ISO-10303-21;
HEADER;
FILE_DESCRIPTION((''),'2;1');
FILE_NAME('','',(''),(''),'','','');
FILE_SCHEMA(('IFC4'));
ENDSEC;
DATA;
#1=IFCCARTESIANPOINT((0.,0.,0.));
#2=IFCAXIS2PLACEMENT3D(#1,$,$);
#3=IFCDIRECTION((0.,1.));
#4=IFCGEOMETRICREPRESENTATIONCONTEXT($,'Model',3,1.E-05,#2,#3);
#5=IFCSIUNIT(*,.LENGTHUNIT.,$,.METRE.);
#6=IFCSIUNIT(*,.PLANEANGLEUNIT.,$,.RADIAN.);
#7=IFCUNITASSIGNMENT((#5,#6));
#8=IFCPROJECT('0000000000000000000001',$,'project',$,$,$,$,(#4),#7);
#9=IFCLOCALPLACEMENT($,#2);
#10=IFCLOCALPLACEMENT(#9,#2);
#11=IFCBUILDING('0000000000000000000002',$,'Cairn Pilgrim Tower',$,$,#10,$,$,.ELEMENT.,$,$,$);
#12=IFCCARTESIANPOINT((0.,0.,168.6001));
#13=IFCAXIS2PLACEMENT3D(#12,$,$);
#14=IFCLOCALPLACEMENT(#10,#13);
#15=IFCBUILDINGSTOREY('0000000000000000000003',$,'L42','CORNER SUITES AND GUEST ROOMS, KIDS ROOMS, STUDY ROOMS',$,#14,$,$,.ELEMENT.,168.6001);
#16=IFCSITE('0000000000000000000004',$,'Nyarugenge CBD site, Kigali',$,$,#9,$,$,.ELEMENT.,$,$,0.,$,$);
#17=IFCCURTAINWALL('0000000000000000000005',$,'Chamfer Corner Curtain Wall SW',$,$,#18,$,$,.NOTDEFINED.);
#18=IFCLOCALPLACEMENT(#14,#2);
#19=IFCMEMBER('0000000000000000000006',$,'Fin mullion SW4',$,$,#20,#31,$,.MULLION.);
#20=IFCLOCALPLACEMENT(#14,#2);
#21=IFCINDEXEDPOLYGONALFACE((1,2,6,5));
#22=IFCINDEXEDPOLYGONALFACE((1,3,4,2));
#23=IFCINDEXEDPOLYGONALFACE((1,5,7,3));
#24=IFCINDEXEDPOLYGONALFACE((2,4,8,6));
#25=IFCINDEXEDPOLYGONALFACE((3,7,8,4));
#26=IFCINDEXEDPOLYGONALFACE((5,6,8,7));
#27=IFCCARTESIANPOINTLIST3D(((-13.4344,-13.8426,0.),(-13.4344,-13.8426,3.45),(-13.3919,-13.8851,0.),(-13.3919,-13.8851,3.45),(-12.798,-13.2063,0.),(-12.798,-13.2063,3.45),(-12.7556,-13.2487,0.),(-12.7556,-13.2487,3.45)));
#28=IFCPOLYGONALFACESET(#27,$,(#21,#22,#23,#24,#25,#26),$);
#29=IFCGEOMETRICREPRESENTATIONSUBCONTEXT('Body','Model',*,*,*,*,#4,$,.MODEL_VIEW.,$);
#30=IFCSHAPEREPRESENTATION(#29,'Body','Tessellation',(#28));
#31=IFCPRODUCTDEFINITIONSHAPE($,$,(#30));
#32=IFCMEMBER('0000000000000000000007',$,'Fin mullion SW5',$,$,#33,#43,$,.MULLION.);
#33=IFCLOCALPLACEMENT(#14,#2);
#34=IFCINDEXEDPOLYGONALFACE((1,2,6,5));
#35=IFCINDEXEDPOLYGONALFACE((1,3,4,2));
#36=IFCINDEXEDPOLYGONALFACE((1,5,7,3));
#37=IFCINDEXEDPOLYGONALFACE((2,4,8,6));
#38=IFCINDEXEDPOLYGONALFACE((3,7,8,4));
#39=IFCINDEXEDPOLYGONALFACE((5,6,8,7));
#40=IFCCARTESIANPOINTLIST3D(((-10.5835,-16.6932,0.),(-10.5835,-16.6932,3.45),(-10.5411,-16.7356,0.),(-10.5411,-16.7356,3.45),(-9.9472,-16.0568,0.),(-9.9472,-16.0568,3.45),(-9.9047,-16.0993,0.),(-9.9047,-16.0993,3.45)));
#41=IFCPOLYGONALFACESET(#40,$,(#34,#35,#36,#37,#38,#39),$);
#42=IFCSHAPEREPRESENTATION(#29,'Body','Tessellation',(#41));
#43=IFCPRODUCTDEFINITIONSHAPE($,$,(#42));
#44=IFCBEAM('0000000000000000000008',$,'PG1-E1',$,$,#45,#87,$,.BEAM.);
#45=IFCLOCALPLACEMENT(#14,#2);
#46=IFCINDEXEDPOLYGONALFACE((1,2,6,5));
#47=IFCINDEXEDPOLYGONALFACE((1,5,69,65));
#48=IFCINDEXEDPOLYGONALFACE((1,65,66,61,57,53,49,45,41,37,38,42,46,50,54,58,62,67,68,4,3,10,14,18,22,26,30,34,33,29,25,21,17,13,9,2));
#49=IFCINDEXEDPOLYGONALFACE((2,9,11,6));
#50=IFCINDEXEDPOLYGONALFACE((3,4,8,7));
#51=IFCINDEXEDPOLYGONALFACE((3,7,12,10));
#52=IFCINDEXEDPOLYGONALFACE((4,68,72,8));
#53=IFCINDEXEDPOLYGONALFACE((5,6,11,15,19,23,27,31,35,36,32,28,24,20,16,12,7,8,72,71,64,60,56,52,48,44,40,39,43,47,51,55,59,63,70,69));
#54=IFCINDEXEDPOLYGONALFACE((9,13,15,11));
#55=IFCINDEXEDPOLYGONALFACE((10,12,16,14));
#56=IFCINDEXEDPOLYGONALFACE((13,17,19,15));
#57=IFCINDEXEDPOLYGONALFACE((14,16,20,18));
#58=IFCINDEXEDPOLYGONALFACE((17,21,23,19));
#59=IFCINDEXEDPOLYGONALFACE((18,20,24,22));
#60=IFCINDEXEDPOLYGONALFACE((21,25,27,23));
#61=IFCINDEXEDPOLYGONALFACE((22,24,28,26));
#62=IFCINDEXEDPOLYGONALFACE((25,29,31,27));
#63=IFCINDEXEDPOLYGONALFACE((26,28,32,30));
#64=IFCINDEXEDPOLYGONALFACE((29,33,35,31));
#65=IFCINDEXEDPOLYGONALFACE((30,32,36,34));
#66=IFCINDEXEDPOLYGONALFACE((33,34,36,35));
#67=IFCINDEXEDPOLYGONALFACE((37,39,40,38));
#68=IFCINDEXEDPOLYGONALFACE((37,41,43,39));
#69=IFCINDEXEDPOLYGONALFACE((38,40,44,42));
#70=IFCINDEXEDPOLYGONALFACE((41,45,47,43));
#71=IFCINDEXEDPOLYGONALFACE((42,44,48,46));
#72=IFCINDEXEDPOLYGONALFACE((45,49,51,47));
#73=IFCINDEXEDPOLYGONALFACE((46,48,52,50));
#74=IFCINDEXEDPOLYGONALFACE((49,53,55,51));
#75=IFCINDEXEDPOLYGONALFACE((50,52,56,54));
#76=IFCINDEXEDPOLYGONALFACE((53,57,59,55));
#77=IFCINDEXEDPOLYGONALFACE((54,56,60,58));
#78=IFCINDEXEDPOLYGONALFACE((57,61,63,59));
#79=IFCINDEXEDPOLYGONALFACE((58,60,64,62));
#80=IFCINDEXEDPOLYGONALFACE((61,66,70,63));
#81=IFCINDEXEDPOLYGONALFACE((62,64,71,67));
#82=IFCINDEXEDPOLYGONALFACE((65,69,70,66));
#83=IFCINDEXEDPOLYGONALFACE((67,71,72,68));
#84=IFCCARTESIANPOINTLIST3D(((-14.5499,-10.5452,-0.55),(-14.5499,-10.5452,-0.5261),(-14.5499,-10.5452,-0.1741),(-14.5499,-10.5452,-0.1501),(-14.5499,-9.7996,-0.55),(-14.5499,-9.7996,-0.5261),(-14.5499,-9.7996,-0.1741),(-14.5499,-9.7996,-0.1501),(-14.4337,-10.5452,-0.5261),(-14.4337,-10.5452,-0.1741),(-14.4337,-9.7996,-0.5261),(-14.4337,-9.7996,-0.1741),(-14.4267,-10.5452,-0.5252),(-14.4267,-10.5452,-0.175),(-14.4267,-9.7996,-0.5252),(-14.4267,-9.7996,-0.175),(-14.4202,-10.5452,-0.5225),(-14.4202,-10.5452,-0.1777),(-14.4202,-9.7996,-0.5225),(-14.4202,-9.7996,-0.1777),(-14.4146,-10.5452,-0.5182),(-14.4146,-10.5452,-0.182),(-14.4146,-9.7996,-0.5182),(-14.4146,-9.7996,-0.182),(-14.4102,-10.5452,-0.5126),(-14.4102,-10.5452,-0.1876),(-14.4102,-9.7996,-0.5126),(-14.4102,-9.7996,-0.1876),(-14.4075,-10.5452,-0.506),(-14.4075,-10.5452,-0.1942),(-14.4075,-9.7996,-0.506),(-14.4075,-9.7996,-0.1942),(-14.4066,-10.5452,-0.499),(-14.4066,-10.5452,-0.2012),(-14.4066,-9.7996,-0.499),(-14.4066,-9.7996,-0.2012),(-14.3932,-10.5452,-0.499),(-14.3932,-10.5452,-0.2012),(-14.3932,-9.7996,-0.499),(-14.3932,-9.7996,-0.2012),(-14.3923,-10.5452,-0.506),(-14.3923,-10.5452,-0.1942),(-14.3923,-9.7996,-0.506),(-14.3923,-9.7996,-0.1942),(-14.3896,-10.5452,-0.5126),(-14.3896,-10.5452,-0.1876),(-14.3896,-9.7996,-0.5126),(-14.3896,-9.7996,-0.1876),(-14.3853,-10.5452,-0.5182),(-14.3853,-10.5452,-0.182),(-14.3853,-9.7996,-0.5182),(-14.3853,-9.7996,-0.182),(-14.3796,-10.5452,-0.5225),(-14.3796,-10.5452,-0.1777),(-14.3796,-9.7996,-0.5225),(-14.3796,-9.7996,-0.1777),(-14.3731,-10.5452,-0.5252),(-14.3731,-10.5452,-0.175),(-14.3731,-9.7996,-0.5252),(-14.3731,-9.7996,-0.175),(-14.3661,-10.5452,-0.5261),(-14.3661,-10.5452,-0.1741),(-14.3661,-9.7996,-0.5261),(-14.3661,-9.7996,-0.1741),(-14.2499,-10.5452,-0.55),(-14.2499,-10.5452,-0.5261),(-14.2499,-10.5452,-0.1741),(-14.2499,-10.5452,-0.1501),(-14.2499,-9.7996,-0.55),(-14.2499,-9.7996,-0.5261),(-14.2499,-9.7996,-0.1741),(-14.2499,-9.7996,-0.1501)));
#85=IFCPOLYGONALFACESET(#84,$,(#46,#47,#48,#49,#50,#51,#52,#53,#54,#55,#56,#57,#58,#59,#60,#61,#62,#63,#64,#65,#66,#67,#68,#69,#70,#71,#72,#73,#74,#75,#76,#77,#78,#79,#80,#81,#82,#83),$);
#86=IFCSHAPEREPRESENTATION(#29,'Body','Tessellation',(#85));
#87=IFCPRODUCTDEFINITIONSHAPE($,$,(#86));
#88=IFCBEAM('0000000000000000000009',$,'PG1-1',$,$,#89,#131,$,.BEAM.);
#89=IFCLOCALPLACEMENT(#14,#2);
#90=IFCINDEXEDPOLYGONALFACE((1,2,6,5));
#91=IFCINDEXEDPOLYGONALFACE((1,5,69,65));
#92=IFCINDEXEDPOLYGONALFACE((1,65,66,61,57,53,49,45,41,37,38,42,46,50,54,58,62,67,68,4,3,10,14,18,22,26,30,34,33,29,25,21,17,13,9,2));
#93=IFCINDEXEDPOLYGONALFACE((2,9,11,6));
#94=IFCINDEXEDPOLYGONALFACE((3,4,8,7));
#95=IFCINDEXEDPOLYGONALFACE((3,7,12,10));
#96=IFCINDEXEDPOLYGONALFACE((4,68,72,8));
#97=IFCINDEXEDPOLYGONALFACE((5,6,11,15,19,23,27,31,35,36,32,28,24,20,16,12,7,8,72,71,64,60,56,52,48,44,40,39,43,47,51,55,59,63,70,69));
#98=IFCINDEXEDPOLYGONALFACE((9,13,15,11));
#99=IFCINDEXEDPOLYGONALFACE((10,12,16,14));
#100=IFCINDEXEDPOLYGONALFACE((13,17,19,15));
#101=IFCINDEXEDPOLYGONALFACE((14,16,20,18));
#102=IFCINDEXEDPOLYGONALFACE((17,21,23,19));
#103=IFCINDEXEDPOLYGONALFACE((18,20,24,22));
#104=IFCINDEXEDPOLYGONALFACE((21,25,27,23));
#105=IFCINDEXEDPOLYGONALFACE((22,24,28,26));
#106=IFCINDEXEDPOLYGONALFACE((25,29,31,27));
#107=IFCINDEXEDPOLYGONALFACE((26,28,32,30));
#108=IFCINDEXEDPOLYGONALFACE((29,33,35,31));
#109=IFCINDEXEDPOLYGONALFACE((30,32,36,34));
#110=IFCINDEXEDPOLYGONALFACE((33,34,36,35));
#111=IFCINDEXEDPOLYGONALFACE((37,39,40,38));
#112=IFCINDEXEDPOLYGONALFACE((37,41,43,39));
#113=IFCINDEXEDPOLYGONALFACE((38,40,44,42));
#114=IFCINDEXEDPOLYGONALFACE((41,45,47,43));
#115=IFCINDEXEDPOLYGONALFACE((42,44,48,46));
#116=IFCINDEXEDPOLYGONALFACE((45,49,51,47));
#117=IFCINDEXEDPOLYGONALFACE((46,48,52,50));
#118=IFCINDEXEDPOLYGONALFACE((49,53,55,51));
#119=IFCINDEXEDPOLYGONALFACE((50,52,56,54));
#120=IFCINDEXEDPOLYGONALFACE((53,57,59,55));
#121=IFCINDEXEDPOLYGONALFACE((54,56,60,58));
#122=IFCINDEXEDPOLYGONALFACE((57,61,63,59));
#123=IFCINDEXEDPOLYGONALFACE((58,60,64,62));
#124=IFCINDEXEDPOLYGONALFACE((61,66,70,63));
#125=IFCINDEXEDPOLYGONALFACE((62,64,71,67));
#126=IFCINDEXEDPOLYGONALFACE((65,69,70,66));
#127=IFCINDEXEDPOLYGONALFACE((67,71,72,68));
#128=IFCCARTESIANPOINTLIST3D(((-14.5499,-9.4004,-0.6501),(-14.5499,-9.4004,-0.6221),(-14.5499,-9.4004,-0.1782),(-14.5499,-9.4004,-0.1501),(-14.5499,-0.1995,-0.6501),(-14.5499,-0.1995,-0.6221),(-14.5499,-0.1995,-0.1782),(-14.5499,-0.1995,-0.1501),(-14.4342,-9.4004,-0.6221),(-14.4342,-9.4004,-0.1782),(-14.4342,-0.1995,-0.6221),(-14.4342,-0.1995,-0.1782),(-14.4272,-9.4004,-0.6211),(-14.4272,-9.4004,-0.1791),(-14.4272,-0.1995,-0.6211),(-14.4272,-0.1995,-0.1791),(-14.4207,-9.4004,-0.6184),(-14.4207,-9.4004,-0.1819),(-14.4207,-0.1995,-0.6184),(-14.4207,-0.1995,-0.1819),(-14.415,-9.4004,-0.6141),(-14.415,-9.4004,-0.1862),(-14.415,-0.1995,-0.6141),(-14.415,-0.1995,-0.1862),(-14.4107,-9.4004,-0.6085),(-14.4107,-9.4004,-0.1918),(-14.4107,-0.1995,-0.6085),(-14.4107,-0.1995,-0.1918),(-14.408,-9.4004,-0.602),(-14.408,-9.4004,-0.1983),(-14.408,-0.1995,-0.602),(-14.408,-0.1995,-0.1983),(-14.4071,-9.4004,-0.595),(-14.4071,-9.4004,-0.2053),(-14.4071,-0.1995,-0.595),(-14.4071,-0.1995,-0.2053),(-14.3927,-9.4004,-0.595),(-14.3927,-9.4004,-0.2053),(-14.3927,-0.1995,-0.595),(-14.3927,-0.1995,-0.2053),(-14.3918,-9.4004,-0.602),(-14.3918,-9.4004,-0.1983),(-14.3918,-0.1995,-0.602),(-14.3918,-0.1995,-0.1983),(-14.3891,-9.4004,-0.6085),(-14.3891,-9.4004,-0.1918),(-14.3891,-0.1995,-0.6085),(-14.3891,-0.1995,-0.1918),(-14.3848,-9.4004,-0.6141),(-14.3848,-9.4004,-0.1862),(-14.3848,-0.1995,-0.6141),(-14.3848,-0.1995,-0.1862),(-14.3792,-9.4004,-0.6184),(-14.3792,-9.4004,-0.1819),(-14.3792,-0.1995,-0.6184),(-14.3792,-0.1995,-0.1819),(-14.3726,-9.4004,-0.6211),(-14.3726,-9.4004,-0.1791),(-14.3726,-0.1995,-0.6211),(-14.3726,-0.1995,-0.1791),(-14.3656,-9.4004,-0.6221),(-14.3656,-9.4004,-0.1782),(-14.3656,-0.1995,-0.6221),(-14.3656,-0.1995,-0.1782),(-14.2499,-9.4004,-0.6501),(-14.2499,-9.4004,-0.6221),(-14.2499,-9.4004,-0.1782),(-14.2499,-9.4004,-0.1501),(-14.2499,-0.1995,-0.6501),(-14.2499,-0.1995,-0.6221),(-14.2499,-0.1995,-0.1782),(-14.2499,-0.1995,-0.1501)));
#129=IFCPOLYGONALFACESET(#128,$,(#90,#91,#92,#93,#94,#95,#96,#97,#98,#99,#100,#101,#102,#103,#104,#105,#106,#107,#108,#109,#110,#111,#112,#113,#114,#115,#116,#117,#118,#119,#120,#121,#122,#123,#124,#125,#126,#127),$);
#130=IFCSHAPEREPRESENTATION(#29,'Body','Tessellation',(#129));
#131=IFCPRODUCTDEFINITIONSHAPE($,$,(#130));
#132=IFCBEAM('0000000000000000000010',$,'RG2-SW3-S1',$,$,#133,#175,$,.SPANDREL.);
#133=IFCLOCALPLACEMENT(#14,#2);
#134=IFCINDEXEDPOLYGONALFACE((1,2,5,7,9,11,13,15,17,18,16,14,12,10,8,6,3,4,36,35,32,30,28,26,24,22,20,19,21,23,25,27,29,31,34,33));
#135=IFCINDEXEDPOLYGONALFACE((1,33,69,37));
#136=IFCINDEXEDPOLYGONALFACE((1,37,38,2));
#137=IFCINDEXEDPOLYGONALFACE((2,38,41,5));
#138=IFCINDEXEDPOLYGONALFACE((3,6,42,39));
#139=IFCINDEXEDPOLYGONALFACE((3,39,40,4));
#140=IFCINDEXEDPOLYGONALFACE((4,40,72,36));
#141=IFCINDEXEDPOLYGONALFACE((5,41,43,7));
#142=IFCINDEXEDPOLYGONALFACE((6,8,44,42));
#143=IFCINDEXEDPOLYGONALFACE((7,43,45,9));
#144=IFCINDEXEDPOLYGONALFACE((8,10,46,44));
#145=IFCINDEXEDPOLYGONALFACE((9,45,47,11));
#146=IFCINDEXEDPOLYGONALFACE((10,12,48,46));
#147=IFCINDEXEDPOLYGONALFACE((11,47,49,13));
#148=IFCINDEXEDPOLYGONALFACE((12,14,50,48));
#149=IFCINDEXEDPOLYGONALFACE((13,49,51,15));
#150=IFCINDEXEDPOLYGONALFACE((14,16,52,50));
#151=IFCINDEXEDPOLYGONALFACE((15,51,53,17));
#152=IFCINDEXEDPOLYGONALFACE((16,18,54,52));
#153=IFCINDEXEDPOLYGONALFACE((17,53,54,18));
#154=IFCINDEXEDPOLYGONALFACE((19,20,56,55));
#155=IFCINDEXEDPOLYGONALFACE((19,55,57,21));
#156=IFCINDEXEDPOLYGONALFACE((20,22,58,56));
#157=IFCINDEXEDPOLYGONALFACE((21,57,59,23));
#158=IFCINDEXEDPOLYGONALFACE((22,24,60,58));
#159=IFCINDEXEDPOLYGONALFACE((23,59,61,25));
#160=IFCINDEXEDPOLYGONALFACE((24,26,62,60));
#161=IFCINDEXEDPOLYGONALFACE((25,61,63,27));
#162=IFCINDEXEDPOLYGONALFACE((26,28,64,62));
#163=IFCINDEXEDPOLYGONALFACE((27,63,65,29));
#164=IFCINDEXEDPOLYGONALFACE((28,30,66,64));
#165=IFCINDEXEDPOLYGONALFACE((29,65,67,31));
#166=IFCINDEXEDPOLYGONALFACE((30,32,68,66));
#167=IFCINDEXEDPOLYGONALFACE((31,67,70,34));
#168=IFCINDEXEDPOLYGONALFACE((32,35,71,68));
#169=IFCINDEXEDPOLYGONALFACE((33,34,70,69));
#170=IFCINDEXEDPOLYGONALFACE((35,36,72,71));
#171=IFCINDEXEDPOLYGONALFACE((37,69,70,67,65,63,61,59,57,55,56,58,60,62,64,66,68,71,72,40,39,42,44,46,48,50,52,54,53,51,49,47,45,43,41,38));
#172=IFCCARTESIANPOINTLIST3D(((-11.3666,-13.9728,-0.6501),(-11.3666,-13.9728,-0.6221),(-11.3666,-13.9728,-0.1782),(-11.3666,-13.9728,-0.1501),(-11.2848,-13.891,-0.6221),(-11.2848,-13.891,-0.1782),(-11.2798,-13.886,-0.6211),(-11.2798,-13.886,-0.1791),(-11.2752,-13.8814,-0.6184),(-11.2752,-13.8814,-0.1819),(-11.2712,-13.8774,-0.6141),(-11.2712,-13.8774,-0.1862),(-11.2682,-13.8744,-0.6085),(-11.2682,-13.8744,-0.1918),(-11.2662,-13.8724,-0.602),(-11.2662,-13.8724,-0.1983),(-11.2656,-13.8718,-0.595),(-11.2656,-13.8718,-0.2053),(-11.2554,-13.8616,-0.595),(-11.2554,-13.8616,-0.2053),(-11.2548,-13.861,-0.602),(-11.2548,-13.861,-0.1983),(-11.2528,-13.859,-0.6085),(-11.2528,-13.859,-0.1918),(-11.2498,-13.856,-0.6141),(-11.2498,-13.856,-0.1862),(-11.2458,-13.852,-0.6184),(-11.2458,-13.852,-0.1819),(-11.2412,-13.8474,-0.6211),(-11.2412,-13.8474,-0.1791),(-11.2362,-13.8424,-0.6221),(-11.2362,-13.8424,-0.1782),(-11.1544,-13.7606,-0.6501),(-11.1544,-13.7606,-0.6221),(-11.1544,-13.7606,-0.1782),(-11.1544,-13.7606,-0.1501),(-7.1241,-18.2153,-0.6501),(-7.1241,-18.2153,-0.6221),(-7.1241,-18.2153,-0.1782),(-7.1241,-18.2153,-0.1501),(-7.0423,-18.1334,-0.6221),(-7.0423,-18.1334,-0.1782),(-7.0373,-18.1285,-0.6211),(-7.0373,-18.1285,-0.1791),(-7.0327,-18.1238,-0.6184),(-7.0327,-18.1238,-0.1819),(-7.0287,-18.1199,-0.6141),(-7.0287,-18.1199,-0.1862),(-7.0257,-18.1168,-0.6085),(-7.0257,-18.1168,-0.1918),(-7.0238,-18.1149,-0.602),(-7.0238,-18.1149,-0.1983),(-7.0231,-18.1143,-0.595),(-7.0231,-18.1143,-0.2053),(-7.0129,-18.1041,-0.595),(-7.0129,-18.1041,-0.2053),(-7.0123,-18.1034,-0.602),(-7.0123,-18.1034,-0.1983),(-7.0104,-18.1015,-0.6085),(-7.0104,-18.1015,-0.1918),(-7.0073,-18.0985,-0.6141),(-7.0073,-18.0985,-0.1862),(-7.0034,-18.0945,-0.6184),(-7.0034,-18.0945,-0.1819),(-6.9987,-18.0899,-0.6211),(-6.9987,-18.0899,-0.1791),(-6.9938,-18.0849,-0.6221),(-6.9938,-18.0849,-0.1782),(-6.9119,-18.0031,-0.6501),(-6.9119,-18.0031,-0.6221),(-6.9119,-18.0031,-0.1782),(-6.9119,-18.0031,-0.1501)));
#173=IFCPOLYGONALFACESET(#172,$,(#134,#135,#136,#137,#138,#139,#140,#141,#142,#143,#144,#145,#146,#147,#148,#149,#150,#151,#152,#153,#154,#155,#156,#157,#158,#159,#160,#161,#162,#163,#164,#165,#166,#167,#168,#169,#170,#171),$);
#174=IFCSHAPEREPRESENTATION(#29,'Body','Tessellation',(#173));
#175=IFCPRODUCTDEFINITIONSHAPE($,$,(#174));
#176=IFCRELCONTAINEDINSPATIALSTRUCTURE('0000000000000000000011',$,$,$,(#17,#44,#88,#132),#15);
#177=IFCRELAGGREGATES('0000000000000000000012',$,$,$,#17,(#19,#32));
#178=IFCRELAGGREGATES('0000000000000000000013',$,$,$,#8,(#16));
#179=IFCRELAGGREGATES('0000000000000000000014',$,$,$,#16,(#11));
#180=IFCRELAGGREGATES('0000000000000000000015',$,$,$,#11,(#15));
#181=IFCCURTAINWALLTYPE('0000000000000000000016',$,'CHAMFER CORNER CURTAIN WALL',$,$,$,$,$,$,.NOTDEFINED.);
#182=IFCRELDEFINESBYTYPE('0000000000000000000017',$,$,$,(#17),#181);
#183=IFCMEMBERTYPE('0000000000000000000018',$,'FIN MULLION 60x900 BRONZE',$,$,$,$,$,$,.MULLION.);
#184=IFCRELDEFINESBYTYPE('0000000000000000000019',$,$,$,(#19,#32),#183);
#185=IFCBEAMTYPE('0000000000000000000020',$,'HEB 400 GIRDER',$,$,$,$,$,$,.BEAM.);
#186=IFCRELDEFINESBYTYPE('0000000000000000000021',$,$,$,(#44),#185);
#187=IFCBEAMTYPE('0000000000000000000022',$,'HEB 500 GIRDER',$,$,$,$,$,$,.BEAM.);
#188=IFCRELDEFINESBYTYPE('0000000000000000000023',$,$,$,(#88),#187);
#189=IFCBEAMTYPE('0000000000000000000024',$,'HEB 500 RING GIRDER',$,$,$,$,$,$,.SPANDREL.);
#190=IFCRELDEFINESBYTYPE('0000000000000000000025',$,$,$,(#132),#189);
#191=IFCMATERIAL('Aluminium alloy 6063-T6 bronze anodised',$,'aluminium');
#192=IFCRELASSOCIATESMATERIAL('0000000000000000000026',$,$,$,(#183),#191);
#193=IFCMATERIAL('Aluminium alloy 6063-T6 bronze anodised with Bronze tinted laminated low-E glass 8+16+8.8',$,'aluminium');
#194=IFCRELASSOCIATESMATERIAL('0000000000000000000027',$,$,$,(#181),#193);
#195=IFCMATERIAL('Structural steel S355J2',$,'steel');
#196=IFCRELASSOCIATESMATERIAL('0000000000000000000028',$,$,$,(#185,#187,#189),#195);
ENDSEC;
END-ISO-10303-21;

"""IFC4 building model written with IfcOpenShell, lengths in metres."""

from ifc_helpers import new_model, si_unit, direction, frame, origin, origin_2d, place, context, subcontext, project, spatial, rectangle, i_section, extrude, material, material_profile, profile_set, type_object, element, aggregate, save


model = new_model("IFC4")

# Units and contexts
model_context = context("Model", 3, precision=1e-05, world=origin(), true_north=direction((0.0, 1.0)))
body_context = subcontext(model_context, "Body", "Model", "MODEL_VIEW")
ifc_project = project(units=[si_unit("LENGTHUNIT", "METRE"), si_unit("PLANEANGLEUNIT", "RADIAN")], contexts=[model_context])

# Site, building, storey
site_placement = place(None, origin())
site = spatial("IfcSite", under=ifc_project, at=site_placement, Name="Nyarugenge CBD site, Kigali", CompositionType="ELEMENT", RefElevation=0.0)
building_placement = place(site_placement, origin())
building = spatial("IfcBuilding", under=site, at=building_placement, Name="Cairn Pilgrim Tower", CompositionType="ELEMENT")
storey_placement = place(building_placement, frame((0.0, 0.0, 168.6001)))
storey = spatial("IfcBuildingStorey", under=building, at=storey_placement, Name="L42", Description="CORNER SUITES AND GUEST ROOMS, KIDS ROOMS, STUDY ROOMS", CompositionType="ELEMENT", Elevation=168.6001)

# Shared definitions
ifc_material_1 = material(Name="Structural steel S355J2", Category="steel")

# Shared definitions
ifc_material_2 = material(Name="Aluminium alloy 6063-T6 bronze anodised with Bronze tinted laminated low-E glass 8+16+8.8", Category="aluminium")
ifc_material_3 = material(Name="Aluminium alloy 6063-T6 bronze anodised", Category="aluminium")
ifc_material_profile_1 = material_profile(ifc_material_3, rectangle(XDim=0.8999, YDim=0.0601, at=origin_2d()), Name="FIN MULLION 60x900 BRONZE")
ifc_profile_set_1 = profile_set([ifc_material_profile_1], Name="Aluminium alloy 6063-T6 bronze anodised")
member_type_1 = type_object("IfcMemberType", Name="FIN MULLION 60x900 BRONZE", PredefinedType="MULLION", material=ifc_profile_set_1)

# Curtain wall, members
curtain_wall_type_1 = type_object("IfcCurtainWallType", Name="CHAMFER CORNER CURTAIN WALL", PredefinedType="NOTDEFINED", material=ifc_material_2)
curtain_wall_1_placement = place(storey_placement, origin())
curtain_wall_1 = element("IfcCurtainWall", 1, at=curtain_wall_1_placement, inside=storey, type_object=curtain_wall_type_1, Name="Chamfer Corner Curtain Wall SW", PredefinedType="NOTDEFINED")
member_1_placement = place(storey_placement, frame((-13.095, -13.5457, 0.0), z_axis=(0.0, 0.0, 1.0), x_axis=(-0.707107, -0.707107, 0.0)))
member_1 = element("IfcMember", 2, at=member_1_placement, type_object=member_type_1, Name="Fin mullion SW4", PredefinedType="MULLION", context=body_context, shape_type="SweptSolid", body=[
    extrude(rectangle(XDim=0.8999, YDim=0.0601, at=origin_2d()), origin(), (0.0, 0.0, 1.0), 3.45),
])
member_2_placement = place(storey_placement, frame((-10.2441, -16.3962, 0.0), z_axis=(0.0, 0.0, 1.0), x_axis=(-0.707107, -0.707107, 0.0)))
member_2 = element("IfcMember", 3, at=member_2_placement, type_object=member_type_1, Name="Fin mullion SW5", PredefinedType="MULLION", context=body_context, shape_type="SweptSolid", body=[
    extrude(rectangle(XDim=0.8999, YDim=0.0601, at=origin_2d()), origin(), (0.0, 0.0, 1.0), 3.45),
])

# Beams
ifc_material_profile_2 = material_profile(ifc_material_1, i_section(OverallWidth=0.3, OverallDepth=0.3999, WebThickness=0.0134, FlangeThickness=0.0239, FilletRadius=0.0271, at=origin_2d()), Name="HEB 400")
ifc_profile_set_2 = profile_set([ifc_material_profile_2], Name="Structural steel S355J2")
beam_type_1 = type_object("IfcBeamType", Name="HEB 400 GIRDER", PredefinedType="BEAM", material=ifc_profile_set_2)
beam_1_placement = place(storey_placement, frame((-14.3999, -10.5452, -0.3501), z_axis=(0.0, 1.0, 0.0), x_axis=(-1.0, 0.0, 0.0)))
element("IfcBeam", 4, at=beam_1_placement, inside=storey, type_object=beam_type_1, Name="PG1-E1", PredefinedType="BEAM", context=body_context, shape_type="SweptSolid", body=[
    extrude(i_section(OverallWidth=0.3, OverallDepth=0.3999, WebThickness=0.0134, FlangeThickness=0.0239, FilletRadius=0.0271, at=origin_2d()), origin(), (0.0, 0.0, 1.0), 0.7456),
])
ifc_material_profile_3 = material_profile(ifc_material_1, i_section(OverallWidth=0.3, OverallDepth=0.5, WebThickness=0.0144, FlangeThickness=0.0281, FilletRadius=0.0271, at=origin_2d()), Name="HEB 500")
ifc_profile_set_3 = profile_set([ifc_material_profile_3], Name="Structural steel S355J2")
beam_type_2 = type_object("IfcBeamType", Name="HEB 500 GIRDER", PredefinedType="BEAM", material=ifc_profile_set_3)
beam_2_placement = place(storey_placement, frame((-14.3999, -9.4004, -0.4001), z_axis=(0.0, 1.0, 0.0), x_axis=(-1.0, 0.0, 0.0)))
element("IfcBeam", 5, at=beam_2_placement, inside=storey, type_object=beam_type_2, Name="PG1-1", PredefinedType="BEAM", context=body_context, shape_type="SweptSolid", body=[
    extrude(i_section(OverallWidth=0.3, OverallDepth=0.5, WebThickness=0.0144, FlangeThickness=0.0281, FilletRadius=0.0271, at=origin_2d()), origin(), (0.0, 0.0, 1.0), 9.2009),
])
ifc_material_profile_4 = material_profile(ifc_material_1, i_section(OverallWidth=0.3, OverallDepth=0.5, WebThickness=0.0144, FlangeThickness=0.0281, FilletRadius=0.0271, at=origin_2d()), Name="HEB 500")
ifc_profile_set_4 = profile_set([ifc_material_profile_4], Name="Structural steel S355J2")
beam_type_3 = type_object("IfcBeamType", Name="HEB 500 RING GIRDER", PredefinedType="SPANDREL", material=ifc_profile_set_4)
beam_3_placement = place(storey_placement, frame((-11.2605, -13.8667, -0.4001), z_axis=(0.707107, -0.707107, 0.0), x_axis=(0.707107, 0.707107, 0.0)))
element("IfcBeam", 6, at=beam_3_placement, inside=storey, type_object=beam_type_3, Name="RG2-SW3-S1", PredefinedType="SPANDREL", context=body_context, shape_type="SweptSolid", body=[
    extrude(i_section(OverallWidth=0.3, OverallDepth=0.5, WebThickness=0.0144, FlangeThickness=0.0281, FilletRadius=0.0271, at=origin_2d()), origin(), (0.0, 0.0, 1.0), 5.9998),
])

aggregate(curtain_wall_1, [member_1, member_2])

save(model, "model.ifc")
